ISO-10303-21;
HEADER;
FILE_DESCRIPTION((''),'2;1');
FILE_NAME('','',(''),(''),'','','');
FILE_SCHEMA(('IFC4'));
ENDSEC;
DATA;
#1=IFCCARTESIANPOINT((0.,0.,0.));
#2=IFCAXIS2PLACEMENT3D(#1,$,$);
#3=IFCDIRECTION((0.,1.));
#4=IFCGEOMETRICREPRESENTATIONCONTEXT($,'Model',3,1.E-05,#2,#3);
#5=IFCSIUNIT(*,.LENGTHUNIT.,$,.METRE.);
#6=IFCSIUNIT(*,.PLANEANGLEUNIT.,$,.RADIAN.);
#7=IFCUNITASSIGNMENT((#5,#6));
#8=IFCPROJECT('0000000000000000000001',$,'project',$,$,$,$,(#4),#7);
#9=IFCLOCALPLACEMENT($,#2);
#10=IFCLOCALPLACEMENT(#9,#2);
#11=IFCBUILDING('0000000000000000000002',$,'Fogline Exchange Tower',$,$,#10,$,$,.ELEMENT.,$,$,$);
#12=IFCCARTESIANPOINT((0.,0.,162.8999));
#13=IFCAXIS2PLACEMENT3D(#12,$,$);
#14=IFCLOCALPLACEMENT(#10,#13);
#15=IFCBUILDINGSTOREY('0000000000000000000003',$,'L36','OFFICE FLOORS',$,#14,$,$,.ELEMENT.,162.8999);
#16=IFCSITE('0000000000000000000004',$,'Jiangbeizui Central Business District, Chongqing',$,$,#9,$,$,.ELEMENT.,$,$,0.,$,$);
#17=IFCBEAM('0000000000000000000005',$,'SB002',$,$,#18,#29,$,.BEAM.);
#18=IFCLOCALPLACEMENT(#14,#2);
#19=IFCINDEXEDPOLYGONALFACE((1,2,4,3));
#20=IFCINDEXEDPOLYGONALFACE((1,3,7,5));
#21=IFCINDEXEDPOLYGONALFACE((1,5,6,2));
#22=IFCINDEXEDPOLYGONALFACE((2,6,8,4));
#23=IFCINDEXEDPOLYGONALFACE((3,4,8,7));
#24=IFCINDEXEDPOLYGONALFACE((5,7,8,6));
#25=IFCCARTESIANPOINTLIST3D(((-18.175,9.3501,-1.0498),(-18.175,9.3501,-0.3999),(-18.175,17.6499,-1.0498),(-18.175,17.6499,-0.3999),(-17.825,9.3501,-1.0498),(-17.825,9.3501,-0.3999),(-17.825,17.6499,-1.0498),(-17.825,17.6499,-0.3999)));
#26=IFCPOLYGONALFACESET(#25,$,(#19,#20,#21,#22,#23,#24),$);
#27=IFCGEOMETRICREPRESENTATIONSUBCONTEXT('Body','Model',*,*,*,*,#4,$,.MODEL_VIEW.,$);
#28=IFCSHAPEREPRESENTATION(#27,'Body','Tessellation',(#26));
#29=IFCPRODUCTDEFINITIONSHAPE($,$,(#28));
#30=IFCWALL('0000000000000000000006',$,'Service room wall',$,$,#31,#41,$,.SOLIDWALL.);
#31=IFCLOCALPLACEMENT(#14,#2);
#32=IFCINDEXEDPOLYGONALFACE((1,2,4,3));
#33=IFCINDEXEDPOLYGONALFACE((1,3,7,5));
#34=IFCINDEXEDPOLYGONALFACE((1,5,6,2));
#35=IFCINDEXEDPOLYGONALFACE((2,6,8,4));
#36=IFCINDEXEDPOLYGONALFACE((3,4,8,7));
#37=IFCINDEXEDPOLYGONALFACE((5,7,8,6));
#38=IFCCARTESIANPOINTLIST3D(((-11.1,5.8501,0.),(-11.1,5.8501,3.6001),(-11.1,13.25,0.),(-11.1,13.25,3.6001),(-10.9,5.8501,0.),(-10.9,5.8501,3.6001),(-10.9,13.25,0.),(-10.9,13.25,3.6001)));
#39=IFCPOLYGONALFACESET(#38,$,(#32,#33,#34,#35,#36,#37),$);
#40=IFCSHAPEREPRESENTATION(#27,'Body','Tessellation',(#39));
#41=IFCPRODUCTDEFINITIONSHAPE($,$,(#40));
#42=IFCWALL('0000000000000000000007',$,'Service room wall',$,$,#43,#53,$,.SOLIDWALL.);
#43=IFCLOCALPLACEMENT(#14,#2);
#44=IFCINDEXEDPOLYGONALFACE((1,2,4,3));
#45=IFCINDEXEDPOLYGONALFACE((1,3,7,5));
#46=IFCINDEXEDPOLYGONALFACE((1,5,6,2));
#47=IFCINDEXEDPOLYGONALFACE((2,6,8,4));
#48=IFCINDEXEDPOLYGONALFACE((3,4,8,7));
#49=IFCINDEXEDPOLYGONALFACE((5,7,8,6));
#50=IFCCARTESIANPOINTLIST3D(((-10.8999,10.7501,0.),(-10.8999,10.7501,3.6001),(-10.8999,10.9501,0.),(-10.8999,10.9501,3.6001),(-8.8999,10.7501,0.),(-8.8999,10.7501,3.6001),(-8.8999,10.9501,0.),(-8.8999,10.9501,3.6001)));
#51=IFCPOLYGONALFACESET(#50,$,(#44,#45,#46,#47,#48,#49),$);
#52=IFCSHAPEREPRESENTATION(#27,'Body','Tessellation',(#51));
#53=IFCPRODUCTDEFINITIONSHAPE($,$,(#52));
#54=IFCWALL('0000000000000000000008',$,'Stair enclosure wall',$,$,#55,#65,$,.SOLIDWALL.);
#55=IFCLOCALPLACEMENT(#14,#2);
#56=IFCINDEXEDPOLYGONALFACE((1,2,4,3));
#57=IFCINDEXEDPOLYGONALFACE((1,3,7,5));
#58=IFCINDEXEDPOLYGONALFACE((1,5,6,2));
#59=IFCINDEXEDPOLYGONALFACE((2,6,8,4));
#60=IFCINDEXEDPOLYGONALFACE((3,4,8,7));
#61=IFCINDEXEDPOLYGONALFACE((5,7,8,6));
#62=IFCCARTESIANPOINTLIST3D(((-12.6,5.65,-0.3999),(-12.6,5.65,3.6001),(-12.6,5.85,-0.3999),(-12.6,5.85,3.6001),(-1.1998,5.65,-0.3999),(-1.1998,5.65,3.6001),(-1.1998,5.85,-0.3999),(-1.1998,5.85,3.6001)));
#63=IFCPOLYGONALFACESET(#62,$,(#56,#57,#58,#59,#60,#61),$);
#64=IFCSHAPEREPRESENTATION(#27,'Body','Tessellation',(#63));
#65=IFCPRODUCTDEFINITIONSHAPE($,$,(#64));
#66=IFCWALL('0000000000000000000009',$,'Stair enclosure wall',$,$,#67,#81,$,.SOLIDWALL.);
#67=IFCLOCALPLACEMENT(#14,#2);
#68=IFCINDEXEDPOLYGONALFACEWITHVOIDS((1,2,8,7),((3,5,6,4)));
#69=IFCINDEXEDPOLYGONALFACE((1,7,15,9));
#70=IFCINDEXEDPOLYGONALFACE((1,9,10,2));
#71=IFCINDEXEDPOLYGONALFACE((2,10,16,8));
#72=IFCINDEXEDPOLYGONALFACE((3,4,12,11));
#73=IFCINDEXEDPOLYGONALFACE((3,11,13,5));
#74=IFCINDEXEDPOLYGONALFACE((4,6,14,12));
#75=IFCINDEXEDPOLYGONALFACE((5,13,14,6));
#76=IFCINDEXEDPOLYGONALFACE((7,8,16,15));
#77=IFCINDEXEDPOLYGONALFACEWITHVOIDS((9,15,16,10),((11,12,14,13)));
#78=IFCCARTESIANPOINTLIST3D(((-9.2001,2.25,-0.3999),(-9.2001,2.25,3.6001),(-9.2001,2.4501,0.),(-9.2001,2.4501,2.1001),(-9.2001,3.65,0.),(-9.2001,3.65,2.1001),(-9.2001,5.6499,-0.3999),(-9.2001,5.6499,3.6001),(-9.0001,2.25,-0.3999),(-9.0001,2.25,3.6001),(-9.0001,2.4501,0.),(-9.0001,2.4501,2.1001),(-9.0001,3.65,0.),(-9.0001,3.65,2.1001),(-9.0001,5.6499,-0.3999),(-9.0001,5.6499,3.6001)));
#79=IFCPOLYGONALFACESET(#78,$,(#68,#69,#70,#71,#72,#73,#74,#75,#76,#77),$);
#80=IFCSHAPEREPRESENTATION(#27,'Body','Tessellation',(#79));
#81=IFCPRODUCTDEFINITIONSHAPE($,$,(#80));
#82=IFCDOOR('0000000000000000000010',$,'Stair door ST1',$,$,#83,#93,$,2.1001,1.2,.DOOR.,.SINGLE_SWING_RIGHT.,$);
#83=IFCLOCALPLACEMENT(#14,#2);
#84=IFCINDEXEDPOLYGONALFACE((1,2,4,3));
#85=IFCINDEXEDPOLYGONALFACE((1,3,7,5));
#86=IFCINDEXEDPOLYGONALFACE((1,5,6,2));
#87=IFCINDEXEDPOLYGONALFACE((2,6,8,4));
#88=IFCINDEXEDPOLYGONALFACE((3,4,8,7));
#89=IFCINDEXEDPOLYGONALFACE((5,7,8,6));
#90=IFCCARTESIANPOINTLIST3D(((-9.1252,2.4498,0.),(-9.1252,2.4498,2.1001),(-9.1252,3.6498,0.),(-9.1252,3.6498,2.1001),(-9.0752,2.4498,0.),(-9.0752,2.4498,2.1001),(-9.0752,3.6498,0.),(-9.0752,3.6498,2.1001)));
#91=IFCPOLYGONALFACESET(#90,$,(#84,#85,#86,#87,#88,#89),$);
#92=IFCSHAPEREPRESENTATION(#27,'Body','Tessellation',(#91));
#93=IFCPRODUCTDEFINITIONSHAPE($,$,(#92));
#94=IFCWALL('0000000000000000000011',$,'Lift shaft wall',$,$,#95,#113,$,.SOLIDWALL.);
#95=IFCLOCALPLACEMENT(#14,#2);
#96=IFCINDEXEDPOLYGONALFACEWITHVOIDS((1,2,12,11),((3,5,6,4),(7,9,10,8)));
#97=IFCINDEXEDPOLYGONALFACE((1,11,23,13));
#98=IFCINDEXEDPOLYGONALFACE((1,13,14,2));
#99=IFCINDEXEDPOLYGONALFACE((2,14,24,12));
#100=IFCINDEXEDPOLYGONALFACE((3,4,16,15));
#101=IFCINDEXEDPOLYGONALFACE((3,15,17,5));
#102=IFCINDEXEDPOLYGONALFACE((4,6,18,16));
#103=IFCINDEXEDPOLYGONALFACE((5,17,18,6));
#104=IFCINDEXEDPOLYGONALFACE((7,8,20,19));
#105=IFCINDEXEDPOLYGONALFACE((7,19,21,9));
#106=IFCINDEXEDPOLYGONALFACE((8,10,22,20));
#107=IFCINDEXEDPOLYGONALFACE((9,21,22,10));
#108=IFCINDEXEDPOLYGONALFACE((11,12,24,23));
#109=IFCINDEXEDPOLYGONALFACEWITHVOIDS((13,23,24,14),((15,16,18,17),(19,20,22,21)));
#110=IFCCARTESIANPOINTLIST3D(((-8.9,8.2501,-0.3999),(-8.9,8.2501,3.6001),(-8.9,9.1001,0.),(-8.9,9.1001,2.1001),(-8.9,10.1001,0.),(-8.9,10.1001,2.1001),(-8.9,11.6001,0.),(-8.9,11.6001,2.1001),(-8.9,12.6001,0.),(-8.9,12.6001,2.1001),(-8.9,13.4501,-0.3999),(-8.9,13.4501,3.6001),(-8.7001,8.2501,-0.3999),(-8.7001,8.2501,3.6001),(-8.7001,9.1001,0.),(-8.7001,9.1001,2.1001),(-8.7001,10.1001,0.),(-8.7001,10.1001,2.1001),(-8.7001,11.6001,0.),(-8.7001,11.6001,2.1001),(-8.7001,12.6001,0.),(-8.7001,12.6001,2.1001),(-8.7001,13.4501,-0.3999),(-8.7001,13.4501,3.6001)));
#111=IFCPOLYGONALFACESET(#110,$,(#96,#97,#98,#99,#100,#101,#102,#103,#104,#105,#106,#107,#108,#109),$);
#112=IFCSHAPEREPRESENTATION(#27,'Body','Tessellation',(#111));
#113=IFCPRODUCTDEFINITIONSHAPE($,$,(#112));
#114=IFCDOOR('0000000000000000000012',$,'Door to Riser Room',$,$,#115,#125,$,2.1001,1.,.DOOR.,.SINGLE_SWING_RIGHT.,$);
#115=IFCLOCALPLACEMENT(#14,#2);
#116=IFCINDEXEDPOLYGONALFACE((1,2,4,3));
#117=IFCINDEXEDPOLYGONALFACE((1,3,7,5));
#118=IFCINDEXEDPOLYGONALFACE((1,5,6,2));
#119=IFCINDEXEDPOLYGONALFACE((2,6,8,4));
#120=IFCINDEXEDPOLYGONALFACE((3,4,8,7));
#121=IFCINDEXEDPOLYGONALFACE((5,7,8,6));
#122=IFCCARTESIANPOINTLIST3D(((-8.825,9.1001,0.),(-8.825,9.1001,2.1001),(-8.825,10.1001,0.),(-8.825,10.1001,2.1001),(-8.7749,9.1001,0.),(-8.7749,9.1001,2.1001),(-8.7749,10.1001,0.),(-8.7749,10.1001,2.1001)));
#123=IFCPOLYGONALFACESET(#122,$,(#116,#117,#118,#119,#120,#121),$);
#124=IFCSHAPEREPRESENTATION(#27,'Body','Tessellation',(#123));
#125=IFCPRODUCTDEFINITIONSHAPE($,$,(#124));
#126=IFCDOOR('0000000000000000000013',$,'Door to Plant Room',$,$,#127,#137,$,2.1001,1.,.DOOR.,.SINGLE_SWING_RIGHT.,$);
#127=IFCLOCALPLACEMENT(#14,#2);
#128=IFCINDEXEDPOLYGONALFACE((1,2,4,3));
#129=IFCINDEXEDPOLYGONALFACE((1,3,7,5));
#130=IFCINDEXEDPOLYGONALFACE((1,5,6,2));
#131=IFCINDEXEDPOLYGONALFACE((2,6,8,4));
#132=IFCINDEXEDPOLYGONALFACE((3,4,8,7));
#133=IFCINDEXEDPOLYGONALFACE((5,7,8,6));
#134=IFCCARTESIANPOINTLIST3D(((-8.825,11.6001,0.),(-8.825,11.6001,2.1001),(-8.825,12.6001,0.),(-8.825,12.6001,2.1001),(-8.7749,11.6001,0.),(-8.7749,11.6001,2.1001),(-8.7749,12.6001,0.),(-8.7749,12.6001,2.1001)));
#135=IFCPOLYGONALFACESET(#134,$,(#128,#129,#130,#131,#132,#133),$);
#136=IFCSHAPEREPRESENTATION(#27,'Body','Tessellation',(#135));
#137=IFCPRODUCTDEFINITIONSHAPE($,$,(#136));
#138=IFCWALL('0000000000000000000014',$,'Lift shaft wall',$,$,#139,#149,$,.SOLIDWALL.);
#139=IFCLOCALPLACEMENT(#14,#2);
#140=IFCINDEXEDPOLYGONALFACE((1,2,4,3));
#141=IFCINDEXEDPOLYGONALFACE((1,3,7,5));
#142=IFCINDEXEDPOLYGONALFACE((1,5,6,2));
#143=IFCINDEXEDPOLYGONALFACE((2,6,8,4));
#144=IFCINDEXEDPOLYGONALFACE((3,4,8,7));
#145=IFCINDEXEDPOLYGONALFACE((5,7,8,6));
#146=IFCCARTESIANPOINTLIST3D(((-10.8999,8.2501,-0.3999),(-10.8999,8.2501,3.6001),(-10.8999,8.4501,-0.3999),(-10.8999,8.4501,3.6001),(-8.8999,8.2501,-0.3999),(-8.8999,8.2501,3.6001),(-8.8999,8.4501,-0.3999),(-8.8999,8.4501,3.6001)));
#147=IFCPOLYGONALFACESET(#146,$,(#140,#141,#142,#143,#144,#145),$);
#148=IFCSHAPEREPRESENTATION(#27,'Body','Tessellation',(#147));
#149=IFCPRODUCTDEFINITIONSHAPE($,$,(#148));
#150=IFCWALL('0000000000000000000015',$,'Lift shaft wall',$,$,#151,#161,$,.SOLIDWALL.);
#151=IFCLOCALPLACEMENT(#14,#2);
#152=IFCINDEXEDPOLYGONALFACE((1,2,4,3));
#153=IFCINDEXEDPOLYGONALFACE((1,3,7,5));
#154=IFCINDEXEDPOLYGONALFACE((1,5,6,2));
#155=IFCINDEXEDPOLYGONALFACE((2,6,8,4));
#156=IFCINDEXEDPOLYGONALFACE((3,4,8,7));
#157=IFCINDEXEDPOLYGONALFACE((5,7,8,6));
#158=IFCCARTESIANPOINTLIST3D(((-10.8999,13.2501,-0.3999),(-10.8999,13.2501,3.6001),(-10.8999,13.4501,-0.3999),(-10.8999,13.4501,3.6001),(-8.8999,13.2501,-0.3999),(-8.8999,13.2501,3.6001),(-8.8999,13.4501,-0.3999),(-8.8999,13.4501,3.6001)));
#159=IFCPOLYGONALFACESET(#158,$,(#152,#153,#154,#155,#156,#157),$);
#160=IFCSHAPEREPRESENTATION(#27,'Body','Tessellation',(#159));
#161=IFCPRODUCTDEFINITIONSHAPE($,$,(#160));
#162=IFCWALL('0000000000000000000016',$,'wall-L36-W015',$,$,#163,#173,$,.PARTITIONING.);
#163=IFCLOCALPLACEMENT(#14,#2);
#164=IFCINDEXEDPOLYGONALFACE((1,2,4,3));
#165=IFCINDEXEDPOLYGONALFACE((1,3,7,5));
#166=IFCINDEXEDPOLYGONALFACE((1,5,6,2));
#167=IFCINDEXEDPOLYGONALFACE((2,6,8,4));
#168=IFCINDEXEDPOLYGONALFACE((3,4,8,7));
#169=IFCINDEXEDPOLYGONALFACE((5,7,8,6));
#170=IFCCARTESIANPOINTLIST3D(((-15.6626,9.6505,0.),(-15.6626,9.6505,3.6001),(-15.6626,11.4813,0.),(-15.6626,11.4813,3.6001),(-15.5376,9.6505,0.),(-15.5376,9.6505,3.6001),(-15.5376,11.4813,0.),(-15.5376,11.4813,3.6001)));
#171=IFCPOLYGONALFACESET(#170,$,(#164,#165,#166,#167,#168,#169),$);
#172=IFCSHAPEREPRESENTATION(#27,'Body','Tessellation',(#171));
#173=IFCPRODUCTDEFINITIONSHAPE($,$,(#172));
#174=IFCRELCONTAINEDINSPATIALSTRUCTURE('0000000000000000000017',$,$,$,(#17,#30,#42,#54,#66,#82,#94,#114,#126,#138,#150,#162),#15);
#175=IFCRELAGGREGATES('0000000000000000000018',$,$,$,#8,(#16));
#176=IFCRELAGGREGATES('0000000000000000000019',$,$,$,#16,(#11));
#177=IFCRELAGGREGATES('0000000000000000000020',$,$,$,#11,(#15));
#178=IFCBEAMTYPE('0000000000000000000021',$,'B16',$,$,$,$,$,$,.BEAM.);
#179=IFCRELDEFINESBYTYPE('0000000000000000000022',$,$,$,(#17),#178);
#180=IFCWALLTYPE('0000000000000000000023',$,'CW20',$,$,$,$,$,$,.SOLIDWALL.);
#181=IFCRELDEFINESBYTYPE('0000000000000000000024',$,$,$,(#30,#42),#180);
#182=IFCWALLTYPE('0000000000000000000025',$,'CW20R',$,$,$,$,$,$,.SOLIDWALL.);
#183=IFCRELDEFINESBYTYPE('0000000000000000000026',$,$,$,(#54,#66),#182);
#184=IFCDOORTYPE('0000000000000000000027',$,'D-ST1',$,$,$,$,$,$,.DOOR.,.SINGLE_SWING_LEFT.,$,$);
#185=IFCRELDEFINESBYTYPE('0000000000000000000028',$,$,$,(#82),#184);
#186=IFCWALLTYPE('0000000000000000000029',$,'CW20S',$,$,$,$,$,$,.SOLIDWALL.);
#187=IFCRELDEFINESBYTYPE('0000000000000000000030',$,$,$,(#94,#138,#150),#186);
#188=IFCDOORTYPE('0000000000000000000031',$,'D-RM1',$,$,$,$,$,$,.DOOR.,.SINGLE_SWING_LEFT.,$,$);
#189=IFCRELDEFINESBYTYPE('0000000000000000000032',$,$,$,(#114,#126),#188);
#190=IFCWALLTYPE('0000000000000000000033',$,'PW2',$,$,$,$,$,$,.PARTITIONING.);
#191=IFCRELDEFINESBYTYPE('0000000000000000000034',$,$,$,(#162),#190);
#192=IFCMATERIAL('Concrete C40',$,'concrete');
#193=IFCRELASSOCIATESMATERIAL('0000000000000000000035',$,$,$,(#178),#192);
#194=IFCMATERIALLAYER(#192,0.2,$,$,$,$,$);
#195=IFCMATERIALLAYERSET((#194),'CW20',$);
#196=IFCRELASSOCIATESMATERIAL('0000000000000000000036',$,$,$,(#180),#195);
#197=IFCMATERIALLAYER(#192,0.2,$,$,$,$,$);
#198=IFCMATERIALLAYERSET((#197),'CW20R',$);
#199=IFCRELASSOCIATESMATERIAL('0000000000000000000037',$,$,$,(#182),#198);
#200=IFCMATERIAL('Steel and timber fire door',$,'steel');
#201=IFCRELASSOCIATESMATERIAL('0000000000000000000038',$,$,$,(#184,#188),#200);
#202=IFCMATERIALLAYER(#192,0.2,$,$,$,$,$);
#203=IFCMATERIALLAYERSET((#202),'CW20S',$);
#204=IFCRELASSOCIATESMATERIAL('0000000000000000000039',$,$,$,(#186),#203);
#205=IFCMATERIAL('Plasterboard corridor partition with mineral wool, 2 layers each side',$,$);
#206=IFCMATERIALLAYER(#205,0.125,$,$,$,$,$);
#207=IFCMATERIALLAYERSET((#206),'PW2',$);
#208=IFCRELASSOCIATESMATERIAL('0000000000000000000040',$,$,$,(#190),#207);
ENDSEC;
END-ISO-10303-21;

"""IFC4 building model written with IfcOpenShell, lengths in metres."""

from ifc_helpers import new_model, si_unit, direction, frame, frame_2d, origin, origin_2d, place, context, subcontext, project, spatial, rectangle, extrude, material, layer, layer_set, material_profile, profile_set, type_object, element, fill, save


model = new_model("IFC4")

# Units and contexts
model_context = context("Model", 3, precision=1e-05, world=origin(), true_north=direction((0.0, 1.0)))
body_context = subcontext(model_context, "Body", "Model", "MODEL_VIEW")
ifc_project = project(units=[si_unit("LENGTHUNIT", "METRE"), si_unit("PLANEANGLEUNIT", "RADIAN")], contexts=[model_context])

# Site, building, storey
site_placement = place(None, origin())
site = spatial("IfcSite", under=ifc_project, at=site_placement, Name="Jiangbeizui Central Business District, Chongqing", CompositionType="ELEMENT", RefElevation=0.0)
building_placement = place(site_placement, origin())
building = spatial("IfcBuilding", under=site, at=building_placement, Name="Fogline Exchange Tower", CompositionType="ELEMENT")
storey_placement = place(building_placement, frame((0.0, 0.0, 162.8999)))
storey = spatial("IfcBuildingStorey", under=building, at=storey_placement, Name="L36", Description="OFFICE FLOORS", CompositionType="ELEMENT", Elevation=162.8999)

# Beam
ifc_material_1 = material(Name="Concrete C40", Category="concrete")
ifc_material_profile = material_profile(ifc_material_1, rectangle(XDim=0.3501, YDim=0.6499, at=origin_2d()), Name="RC 350x650")
ifc_profile_set = profile_set([ifc_material_profile], Name="Concrete C40")
beam_type = type_object("IfcBeamType", Name="B16", PredefinedType="BEAM", material=ifc_profile_set)
beam_placement = place(storey_placement, frame((-18.0, 9.3501, -0.7249), z_axis=(0.0, 1.0, 0.0), x_axis=(-1.0, 0.0, 0.0)))
element("IfcBeam", 1, at=beam_placement, inside=storey, type_object=beam_type, Name="SB002", PredefinedType="BEAM", context=body_context, shape_type="SweptSolid", body=[
    extrude(rectangle(XDim=0.3501, YDim=0.6499, at=origin_2d()), origin(), (0.0, 0.0, 1.0), 8.2998),
])

# Walls
ifc_layer_1 = layer(ifc_material_1, 0.2)
ifc_layer_set_1 = layer_set([ifc_layer_1], Name="CW20")
wall_type_1 = type_object("IfcWallType", Name="CW20", PredefinedType="SOLIDWALL", material=ifc_layer_set_1)
wall_1_placement = place(storey_placement, frame((-11.0, 5.8501, 0.0), z_axis=(0.0, 0.0, 1.0), x_axis=(0.0, 1.0, 0.0)))
element("IfcWall", 2, at=wall_1_placement, inside=storey, type_object=wall_type_1, Name="Service room wall", PredefinedType="SOLIDWALL", context=body_context, shape_type="SweptSolid", body=[
    extrude(rectangle(XDim=7.3999, YDim=0.2, at=frame_2d((3.7, 0.0))), origin(), (0.0, 0.0, 1.0), 3.6001),
])
wall_2_placement = place(storey_placement, frame((-10.8999, 10.8501, 0.0), z_axis=(0.0, 0.0, 1.0), x_axis=(1.0, 0.0, 0.0)))
element("IfcWall", 3, at=wall_2_placement, inside=storey, type_object=wall_type_1, Name="Service room wall", PredefinedType="SOLIDWALL", context=body_context, shape_type="SweptSolid", body=[
    extrude(rectangle(XDim=2.0, YDim=0.2, at=frame_2d((1.0, 0.0))), origin(), (0.0, 0.0, 1.0), 3.6001),
])
ifc_layer_2 = layer(ifc_material_1, 0.2)
ifc_layer_set_2 = layer_set([ifc_layer_2], Name="CW20R")
wall_type_2 = type_object("IfcWallType", Name="CW20R", PredefinedType="SOLIDWALL", material=ifc_layer_set_2)
wall_3_placement = place(storey_placement, frame((-12.6001, 5.75, -0.3999), z_axis=(0.0, 0.0, 1.0), x_axis=(1.0, 0.0, 0.0)))
element("IfcWall", 4, at=wall_3_placement, inside=storey, type_object=wall_type_2, Name="Stair enclosure wall", PredefinedType="SOLIDWALL", context=body_context, shape_type="SweptSolid", body=[
    extrude(rectangle(XDim=11.4001, YDim=0.2, at=frame_2d((5.7002, 0.0))), origin(), (0.0, 0.0, 1.0), 4.0),
])

# Wall, opening, door
wall_4_placement = place(storey_placement, frame((-9.1001, 2.25, -0.3999), z_axis=(0.0, 0.0, 1.0), x_axis=(0.0, 1.0, 0.0)))
wall_4 = element("IfcWall", 5, at=wall_4_placement, inside=storey, type_object=wall_type_2, Name="Stair enclosure wall", PredefinedType="SOLIDWALL", context=body_context, shape_type="SweptSolid", body=[
    extrude(rectangle(XDim=3.3999, YDim=0.2, at=frame_2d((1.7, 0.0))), origin(), (0.0, 0.0, 1.0), 4.0),
])
opening_1_placement = place(wall_4_placement, frame((0.2, 0.0, 0.3999)))
opening_1 = element("IfcOpeningElement", 6, at=opening_1_placement, cuts=wall_4, PredefinedType="OPENING", context=body_context, shape_type="SweptSolid", body=[
    extrude(rectangle(XDim=1.2, YDim=2.1001, at=frame_2d((0.6001, 1.05))), frame((0.0, 0.1099, 0.0), z_axis=(0.0, -1.0, 0.0), x_axis=(1.0, 0.0, 0.0)), (0.0, 0.0, 1.0), 0.22),
])
ifc_material_2 = material(Name="Steel and timber fire door", Category="steel")
door_type_1 = type_object("IfcDoorType", Name="D-ST1", OperationType="SINGLE_SWING_LEFT", PredefinedType="DOOR", material=ifc_material_2)
door_1_placement = place(opening_1_placement, frame((1.2, 0.0, 0.0), z_axis=(0.0, 0.0, 1.0), x_axis=(-1.0, 0.0, 0.0)))
door_1 = element("IfcDoor", 7, at=door_1_placement, inside=storey, type_object=door_type_1, Name="Stair door ST1", OperationType="SINGLE_SWING_RIGHT", OverallHeight=2.1001, OverallWidth=1.2, PredefinedType="DOOR", context=body_context, shape_type="SweptSolid", body=[
    extrude(rectangle(XDim=1.2, YDim=2.1001, at=frame_2d((0.6001, 1.05))), frame((0.0, 0.0249, 0.0), z_axis=(0.0, -1.0, 0.0), x_axis=(1.0, 0.0, 0.0)), (0.0, 0.0, 1.0), 0.05),
])
fill(opening_1, door_1)

# Wall, openings, doors
ifc_layer_3 = layer(ifc_material_1, 0.2)
ifc_layer_set_3 = layer_set([ifc_layer_3], Name="CW20S")
wall_type_3 = type_object("IfcWallType", Name="CW20S", PredefinedType="SOLIDWALL", material=ifc_layer_set_3)
wall_5_placement = place(storey_placement, frame((-8.8, 8.25, -0.3999), z_axis=(0.0, 0.0, 1.0), x_axis=(0.0, 1.0, 0.0)))
wall_5 = element("IfcWall", 8, at=wall_5_placement, inside=storey, type_object=wall_type_3, Name="Lift shaft wall", PredefinedType="SOLIDWALL", context=body_context, shape_type="SweptSolid", body=[
    extrude(rectangle(XDim=5.2, YDim=0.2, at=frame_2d((2.6001, 0.0))), origin(), (0.0, 0.0, 1.0), 4.0),
])
opening_2_placement = place(wall_5_placement, frame((0.8501, 0.0, 0.3999)))
opening_2 = element("IfcOpeningElement", 9, at=opening_2_placement, cuts=wall_5, PredefinedType="OPENING", context=body_context, shape_type="SweptSolid", body=[
    extrude(rectangle(XDim=1.0, YDim=2.1001, at=frame_2d((0.5, 1.05))), frame((0.0, 0.1099, 0.0), z_axis=(0.0, -1.0, 0.0), x_axis=(1.0, 0.0, 0.0)), (0.0, 0.0, 1.0), 0.22),
])
opening_3_placement = place(wall_5_placement, frame((3.3501, 0.0, 0.3999)))
opening_3 = element("IfcOpeningElement", 10, at=opening_3_placement, cuts=wall_5, PredefinedType="OPENING", context=body_context, shape_type="SweptSolid", body=[
    extrude(rectangle(XDim=1.0, YDim=2.1001, at=frame_2d((0.5, 1.05))), frame((0.0, 0.1099, 0.0), z_axis=(0.0, -1.0, 0.0), x_axis=(1.0, 0.0, 0.0)), (0.0, 0.0, 1.0), 0.22),
])
door_type_2 = type_object("IfcDoorType", Name="D-RM1", OperationType="SINGLE_SWING_LEFT", PredefinedType="DOOR", material=ifc_material_2)
door_2_placement = place(opening_2_placement, origin())
door_2 = element("IfcDoor", 11, at=door_2_placement, inside=storey, type_object=door_type_2, Name="Door to Riser Room", OperationType="SINGLE_SWING_RIGHT", OverallHeight=2.1001, OverallWidth=1.0, PredefinedType="DOOR", context=body_context, shape_type="SweptSolid", body=[
    extrude(rectangle(XDim=1.0, YDim=2.1001, at=frame_2d((0.5, 1.05))), frame((0.0, 0.0249, 0.0), z_axis=(0.0, -1.0, 0.0), x_axis=(1.0, 0.0, 0.0)), (0.0, 0.0, 1.0), 0.05),
])
fill(opening_2, door_2)
door_3_placement = place(opening_3_placement, origin())
door_3 = element("IfcDoor", 12, at=door_3_placement, inside=storey, type_object=door_type_2, Name="Door to Plant Room", OperationType="SINGLE_SWING_RIGHT", OverallHeight=2.1001, OverallWidth=1.0, PredefinedType="DOOR", context=body_context, shape_type="SweptSolid", body=[
    extrude(rectangle(XDim=1.0, YDim=2.1001, at=frame_2d((0.5, 1.05))), frame((0.0, 0.0249, 0.0), z_axis=(0.0, -1.0, 0.0), x_axis=(1.0, 0.0, 0.0)), (0.0, 0.0, 1.0), 0.05),
])
fill(opening_3, door_3)

# Walls
for number, where, z_axis, x_axis, name in (
    (13, (-10.8999, 8.3501, -0.3999), (0.0, 0.0, 1.0), (1.0, 0.0, 0.0), "Lift shaft wall"),
    (14, (-10.8999, 13.3501, -0.3999), (0.0, 0.0, 1.0), (1.0, 0.0, 0.0), "Lift shaft wall"),
):
    element("IfcWall", number, at=place(storey_placement, frame(where, z_axis=z_axis, x_axis=x_axis)), inside=storey, type_object=wall_type_3, Name=name, PredefinedType="SOLIDWALL", context=body_context, shape_type="SweptSolid", body=[
        extrude(rectangle(XDim=2.0, YDim=0.2, at=frame_2d((1.0, 0.0))), origin(), (0.0, 0.0, 1.0), 4.0),
    ])
ifc_material_3 = material(Name="Plasterboard corridor partition with mineral wool, 2 layers each side")
ifc_layer_4 = layer(ifc_material_3, 0.125)
ifc_layer_set_4 = layer_set([ifc_layer_4], Name="PW2")
wall_type_4 = type_object("IfcWallType", Name="PW2", PredefinedType="PARTITIONING", material=ifc_layer_set_4)
wall_6_placement = place(storey_placement, frame((-15.6001, 9.6504, 0.0), z_axis=(0.0, 0.0, 1.0), x_axis=(0.0, 1.0, 0.0)))
element("IfcWall", 15, at=wall_6_placement, inside=storey, type_object=wall_type_4, Name="wall-L36-W015", PredefinedType="PARTITIONING", context=body_context, shape_type="SweptSolid", body=[
    extrude(rectangle(XDim=1.8308, YDim=0.125, at=frame_2d((0.9155, 0.0))), origin(), (0.0, 0.0, 1.0), 3.6001),
])

save(model, "model.ifc")
